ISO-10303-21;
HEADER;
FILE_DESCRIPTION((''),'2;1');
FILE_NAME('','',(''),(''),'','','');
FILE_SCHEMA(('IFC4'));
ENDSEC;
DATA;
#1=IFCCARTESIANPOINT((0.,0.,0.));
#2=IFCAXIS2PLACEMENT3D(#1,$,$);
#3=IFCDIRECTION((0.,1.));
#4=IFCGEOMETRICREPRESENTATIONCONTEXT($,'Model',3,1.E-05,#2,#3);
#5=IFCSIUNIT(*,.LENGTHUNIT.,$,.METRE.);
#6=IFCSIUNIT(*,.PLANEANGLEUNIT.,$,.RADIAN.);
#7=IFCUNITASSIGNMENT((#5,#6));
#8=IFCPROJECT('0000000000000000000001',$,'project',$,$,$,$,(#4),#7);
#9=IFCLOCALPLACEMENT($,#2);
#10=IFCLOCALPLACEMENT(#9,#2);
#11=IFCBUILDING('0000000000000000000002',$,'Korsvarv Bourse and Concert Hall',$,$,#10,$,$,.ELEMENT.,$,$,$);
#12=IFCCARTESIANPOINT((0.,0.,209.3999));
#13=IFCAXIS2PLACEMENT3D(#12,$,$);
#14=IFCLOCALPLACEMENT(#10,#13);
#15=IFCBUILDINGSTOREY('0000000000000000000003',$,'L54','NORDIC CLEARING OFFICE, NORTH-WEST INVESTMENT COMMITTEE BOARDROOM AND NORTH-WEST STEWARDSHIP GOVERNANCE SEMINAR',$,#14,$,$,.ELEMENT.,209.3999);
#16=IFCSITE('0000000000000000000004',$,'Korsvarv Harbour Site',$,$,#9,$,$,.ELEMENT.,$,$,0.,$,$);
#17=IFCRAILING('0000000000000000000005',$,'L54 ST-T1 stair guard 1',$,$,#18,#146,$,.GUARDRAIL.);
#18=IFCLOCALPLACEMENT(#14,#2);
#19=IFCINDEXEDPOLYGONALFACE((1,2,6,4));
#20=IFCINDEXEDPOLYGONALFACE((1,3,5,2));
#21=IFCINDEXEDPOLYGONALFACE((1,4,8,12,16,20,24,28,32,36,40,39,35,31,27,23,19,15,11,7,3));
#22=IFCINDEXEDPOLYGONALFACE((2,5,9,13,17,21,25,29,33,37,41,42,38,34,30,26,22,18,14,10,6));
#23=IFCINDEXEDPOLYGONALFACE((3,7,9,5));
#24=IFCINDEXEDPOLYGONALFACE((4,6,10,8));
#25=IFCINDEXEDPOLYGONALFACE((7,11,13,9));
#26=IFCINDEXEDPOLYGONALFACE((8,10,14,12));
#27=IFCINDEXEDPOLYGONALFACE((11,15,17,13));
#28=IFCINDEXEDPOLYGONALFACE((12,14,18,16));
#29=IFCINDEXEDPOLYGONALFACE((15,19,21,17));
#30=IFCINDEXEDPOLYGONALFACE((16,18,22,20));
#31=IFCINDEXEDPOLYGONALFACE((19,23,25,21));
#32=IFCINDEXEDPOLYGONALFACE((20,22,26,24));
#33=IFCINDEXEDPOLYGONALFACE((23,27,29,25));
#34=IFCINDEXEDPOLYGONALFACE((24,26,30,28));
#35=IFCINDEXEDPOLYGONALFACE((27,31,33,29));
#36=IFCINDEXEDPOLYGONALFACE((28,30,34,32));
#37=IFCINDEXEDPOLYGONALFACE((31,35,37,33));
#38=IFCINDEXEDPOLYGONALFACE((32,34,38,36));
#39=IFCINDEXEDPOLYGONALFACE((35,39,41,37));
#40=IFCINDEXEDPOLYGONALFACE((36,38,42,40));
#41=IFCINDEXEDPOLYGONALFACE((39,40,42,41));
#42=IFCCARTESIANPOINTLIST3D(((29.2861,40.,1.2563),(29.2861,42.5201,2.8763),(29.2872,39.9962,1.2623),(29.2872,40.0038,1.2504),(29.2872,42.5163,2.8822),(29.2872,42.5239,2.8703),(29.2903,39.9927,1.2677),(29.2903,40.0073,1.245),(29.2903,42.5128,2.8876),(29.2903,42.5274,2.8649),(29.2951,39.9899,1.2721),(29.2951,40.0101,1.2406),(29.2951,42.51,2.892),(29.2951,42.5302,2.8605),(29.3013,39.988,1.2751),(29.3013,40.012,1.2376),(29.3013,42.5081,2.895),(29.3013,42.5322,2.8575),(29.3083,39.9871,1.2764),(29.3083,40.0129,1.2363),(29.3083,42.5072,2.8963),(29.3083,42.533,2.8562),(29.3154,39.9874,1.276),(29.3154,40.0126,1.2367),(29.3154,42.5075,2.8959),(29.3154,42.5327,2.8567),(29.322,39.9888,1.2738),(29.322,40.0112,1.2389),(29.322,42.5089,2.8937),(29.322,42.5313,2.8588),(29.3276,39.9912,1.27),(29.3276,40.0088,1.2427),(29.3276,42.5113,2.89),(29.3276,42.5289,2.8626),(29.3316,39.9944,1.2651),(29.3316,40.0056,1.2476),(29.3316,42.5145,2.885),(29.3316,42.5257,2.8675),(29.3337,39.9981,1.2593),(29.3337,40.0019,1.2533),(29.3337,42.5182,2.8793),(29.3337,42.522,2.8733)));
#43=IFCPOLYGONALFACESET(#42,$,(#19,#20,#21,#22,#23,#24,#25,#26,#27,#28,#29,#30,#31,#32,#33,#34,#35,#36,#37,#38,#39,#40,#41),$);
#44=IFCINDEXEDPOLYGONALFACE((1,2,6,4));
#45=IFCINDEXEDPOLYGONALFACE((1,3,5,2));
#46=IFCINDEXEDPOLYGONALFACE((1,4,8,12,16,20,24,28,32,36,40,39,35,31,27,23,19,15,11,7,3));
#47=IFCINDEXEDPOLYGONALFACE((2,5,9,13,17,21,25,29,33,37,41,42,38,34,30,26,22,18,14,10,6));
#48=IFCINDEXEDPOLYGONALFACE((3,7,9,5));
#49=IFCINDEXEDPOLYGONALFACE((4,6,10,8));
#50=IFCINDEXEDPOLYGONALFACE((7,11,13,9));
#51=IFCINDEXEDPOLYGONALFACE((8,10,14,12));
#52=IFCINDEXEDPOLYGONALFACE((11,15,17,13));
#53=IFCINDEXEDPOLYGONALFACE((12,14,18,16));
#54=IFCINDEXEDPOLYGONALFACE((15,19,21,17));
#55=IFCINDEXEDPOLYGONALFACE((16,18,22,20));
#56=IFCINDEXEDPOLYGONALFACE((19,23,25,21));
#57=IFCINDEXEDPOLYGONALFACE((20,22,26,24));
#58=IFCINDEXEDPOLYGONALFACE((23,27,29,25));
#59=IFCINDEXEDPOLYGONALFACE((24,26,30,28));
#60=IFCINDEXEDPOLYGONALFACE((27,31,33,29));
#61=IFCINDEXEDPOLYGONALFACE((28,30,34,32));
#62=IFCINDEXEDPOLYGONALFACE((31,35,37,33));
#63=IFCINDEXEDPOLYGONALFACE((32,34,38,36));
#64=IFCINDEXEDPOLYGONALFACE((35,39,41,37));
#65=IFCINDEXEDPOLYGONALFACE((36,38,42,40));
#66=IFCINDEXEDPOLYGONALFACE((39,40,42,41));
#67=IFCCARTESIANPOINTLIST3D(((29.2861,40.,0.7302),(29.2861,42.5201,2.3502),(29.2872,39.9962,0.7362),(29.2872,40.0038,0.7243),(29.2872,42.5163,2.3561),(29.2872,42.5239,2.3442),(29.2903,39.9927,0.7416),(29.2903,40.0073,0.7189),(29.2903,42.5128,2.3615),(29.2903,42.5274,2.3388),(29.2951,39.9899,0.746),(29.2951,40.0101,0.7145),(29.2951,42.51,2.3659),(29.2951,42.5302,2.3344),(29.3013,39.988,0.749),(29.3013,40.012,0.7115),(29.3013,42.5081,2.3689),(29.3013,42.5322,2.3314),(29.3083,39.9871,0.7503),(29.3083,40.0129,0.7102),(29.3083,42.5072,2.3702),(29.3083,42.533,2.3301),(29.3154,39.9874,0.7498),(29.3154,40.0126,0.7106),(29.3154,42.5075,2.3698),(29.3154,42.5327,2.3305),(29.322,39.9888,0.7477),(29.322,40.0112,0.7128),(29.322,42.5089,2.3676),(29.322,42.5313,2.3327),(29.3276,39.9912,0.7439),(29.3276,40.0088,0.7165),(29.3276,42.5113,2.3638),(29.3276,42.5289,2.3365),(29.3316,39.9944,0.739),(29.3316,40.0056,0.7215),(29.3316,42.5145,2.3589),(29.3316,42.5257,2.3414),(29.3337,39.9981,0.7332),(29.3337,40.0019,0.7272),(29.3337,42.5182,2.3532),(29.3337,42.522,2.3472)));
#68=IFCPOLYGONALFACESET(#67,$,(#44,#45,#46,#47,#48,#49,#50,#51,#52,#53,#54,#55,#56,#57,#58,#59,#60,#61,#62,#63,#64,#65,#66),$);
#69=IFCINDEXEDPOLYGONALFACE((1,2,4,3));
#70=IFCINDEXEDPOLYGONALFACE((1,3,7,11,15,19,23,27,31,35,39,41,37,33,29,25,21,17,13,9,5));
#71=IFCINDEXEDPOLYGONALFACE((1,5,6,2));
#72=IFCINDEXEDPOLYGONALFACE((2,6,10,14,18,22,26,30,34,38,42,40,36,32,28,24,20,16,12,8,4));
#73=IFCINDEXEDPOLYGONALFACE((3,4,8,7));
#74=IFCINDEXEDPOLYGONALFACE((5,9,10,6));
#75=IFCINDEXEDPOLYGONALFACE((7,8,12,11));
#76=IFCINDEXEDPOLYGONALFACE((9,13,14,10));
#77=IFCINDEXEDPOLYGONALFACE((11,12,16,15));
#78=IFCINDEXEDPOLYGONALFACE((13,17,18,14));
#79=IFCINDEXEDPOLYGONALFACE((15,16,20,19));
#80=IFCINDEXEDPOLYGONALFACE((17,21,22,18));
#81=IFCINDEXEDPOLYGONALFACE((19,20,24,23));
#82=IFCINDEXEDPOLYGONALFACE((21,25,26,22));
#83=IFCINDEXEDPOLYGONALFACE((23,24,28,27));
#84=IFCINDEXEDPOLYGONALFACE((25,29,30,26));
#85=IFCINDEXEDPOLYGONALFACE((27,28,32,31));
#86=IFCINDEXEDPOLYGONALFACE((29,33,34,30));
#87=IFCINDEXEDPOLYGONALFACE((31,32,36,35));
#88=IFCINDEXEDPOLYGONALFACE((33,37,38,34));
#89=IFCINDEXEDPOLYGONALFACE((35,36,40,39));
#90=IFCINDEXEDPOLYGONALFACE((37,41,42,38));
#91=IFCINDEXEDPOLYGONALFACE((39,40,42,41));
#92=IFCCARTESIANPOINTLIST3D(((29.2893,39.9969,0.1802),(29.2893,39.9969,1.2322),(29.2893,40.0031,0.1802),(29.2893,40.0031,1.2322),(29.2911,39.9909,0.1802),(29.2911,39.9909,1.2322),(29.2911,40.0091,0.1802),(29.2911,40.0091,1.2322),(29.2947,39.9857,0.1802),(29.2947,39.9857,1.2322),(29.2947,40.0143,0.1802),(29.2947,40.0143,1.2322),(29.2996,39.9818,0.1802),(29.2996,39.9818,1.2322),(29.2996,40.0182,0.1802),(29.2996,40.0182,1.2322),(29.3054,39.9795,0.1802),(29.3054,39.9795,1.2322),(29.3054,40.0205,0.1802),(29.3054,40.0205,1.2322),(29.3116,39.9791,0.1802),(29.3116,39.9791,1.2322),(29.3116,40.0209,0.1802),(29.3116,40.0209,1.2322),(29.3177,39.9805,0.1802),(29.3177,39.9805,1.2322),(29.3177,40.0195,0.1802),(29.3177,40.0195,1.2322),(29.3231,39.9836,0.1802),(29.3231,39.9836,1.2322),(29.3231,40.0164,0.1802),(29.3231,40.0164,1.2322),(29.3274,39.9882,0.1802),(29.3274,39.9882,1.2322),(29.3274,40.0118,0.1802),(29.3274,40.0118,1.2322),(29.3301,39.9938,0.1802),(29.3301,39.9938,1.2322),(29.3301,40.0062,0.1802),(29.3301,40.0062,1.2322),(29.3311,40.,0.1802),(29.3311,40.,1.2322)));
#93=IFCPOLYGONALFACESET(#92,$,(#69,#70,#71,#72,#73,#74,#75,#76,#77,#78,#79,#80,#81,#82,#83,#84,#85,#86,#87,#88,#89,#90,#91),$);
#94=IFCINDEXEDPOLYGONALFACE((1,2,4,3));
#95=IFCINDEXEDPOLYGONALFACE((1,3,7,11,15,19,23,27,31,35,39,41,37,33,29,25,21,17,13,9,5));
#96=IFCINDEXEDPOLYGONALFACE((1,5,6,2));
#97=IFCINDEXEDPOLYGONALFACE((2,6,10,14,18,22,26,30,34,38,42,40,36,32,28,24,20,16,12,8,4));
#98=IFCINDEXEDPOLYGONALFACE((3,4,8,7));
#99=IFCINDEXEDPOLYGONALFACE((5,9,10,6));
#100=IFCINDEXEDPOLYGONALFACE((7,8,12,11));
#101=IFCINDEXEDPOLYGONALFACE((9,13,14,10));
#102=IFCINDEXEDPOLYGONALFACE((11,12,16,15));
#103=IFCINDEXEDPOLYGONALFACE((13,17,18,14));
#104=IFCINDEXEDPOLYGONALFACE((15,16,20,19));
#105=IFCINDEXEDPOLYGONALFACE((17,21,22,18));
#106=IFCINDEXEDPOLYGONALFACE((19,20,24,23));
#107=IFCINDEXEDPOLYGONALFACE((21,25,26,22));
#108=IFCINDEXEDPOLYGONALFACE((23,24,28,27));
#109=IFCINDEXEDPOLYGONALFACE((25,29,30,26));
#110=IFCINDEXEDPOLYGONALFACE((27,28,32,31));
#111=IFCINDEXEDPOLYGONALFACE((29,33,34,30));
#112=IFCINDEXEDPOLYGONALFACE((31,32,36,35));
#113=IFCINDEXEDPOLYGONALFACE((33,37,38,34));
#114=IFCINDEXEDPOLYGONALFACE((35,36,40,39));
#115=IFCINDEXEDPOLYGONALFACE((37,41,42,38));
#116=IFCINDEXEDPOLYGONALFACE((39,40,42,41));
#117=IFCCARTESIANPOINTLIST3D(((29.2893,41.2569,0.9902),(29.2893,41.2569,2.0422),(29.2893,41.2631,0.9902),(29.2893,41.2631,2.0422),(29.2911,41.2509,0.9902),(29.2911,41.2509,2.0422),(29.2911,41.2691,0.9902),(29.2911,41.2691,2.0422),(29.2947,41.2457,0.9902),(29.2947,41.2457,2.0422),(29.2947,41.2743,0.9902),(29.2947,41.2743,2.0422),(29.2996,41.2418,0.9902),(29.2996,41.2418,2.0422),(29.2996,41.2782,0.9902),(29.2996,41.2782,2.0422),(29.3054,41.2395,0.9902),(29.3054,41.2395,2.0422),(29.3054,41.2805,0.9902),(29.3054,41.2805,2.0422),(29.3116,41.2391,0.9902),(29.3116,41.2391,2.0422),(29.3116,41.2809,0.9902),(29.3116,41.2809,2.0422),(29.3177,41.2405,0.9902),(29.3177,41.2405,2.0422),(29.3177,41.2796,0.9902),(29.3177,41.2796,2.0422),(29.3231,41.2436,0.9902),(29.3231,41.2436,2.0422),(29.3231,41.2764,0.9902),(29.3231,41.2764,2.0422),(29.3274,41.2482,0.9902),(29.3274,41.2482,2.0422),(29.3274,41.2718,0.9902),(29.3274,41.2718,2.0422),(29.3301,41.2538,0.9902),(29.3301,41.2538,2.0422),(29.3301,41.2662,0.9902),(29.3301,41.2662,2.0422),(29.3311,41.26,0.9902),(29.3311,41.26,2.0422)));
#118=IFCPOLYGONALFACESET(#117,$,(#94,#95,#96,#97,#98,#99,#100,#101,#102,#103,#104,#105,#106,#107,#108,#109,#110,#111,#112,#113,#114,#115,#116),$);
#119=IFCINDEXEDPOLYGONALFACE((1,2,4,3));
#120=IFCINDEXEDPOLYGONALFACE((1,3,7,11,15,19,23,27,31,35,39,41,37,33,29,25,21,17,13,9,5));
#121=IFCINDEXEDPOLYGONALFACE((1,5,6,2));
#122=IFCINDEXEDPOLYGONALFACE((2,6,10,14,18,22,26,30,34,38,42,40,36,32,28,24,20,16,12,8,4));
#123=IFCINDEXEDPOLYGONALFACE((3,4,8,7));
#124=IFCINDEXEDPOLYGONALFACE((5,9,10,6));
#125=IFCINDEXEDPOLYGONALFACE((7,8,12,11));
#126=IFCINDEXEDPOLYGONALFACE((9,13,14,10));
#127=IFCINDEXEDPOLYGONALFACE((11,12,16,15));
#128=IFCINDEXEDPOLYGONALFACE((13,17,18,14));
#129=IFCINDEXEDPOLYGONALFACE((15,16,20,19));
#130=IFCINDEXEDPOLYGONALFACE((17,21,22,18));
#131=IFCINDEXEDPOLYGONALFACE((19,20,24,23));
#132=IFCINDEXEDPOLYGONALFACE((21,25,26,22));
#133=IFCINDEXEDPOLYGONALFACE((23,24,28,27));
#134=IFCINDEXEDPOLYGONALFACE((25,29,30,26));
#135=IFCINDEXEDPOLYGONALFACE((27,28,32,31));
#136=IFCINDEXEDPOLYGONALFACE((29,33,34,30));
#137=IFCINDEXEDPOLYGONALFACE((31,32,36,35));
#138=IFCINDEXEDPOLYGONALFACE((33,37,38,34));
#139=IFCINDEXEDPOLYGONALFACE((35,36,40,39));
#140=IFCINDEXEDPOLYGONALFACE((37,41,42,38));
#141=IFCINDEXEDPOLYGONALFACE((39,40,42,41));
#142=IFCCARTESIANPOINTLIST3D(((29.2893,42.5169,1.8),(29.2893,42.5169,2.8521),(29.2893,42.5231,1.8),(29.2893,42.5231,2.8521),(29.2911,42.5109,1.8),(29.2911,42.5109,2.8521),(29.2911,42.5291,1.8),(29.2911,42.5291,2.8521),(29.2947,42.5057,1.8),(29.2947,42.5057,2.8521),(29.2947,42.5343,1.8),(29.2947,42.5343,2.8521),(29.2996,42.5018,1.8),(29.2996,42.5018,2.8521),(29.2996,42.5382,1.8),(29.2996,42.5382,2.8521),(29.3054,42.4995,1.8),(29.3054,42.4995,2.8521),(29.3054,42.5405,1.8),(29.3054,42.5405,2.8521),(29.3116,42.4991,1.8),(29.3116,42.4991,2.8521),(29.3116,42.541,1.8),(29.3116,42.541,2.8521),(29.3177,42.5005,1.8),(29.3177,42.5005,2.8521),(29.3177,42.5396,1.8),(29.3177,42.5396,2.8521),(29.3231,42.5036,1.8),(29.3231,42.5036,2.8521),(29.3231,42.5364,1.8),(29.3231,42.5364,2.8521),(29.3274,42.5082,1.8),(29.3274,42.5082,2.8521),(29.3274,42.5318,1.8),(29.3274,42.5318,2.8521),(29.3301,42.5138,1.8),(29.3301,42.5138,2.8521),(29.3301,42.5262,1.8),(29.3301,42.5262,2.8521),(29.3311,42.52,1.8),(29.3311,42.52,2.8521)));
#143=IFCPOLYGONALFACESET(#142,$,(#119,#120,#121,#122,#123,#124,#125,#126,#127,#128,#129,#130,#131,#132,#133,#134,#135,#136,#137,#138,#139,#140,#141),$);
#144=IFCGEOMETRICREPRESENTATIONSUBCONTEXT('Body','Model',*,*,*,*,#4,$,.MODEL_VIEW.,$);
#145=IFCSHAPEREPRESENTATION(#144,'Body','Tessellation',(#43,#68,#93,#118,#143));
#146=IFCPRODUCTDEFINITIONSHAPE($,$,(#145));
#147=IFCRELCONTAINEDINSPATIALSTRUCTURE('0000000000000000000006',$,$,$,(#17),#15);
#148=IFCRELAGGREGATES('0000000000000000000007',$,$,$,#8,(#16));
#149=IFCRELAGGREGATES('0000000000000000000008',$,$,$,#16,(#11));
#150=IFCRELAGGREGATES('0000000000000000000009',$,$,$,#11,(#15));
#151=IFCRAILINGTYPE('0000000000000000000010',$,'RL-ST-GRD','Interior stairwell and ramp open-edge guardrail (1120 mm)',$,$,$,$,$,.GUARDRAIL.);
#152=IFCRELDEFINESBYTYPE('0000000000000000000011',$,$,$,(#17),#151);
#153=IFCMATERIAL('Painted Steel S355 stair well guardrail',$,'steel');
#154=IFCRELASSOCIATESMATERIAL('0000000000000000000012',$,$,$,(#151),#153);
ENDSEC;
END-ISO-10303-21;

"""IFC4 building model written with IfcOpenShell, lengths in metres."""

from ifc_helpers import new_model, si_unit, direction, frame, origin, origin_2d, place, context, subcontext, project, spatial, circle, extrude, material, type_object, element, save


model = new_model("IFC4")

# Units and contexts
model_context = context("Model", 3, precision=1e-05, world=origin(), true_north=direction((0.0, 1.0)))
body_context = subcontext(model_context, "Body", "Model", "MODEL_VIEW")
ifc_project = project(units=[si_unit("LENGTHUNIT", "METRE"), si_unit("PLANEANGLEUNIT", "RADIAN")], contexts=[model_context])

# Site, building, storey
site_placement = place(None, origin())
site = spatial("IfcSite", under=ifc_project, at=site_placement, Name="Korsvarv Harbour Site", CompositionType="ELEMENT", RefElevation=0.0)
building_placement = place(site_placement, origin())
building = spatial("IfcBuilding", under=site, at=building_placement, Name="Korsvarv Bourse and Concert Hall", CompositionType="ELEMENT")
storey_placement = place(building_placement, frame((0.0, 0.0, 209.3999)))
storey = spatial("IfcBuildingStorey", under=building, at=storey_placement, Name="L54", Description="NORDIC CLEARING OFFICE, NORTH-WEST INVESTMENT COMMITTEE BOARDROOM AND NORTH-WEST STEWARDSHIP GOVERNANCE SEMINAR", CompositionType="ELEMENT", Elevation=209.3999)

# Railing
ifc_material_1 = material(Name="Painted Steel S355 stair well guardrail", Category="steel")
railing_type_1 = type_object("IfcRailingType", Name="RL-ST-GRD", Description="Interior stairwell and ramp open-edge guardrail (1120 mm)", PredefinedType="GUARDRAIL", material=ifc_material_1)
railing_1_placement = place(storey_placement, frame((29.3101, 40.0, 0.1802)))
element("IfcRailing", 1, at=railing_1_placement, inside=storey, type_object=railing_type_1, Name="L54 ST-T1 stair guard 1", PredefinedType="GUARDRAIL", context=body_context, shape_type="SweptSolid", body=[
    extrude(circle(Radius=0.0239, at=origin_2d()), frame((0.0, 0.0, 1.0762), z_axis=(0.0, 0.8412, 0.540725), x_axis=(-1.0, 0.0, 0.0)), (0.0, 0.0, 1.0), 2.9958),
    extrude(circle(Radius=0.0239, at=origin_2d()), frame((0.0, 0.0, 0.55), z_axis=(0.0, 0.8412, 0.540725), x_axis=(-1.0, 0.0, 0.0)), (0.0, 0.0, 1.0), 2.9958),
    extrude(circle(Radius=0.021, at=origin_2d()), origin(), (0.0, 0.0, 1.0), 1.052),
    extrude(circle(Radius=0.021, at=origin_2d()), frame((0.0, 1.26, 0.8101)), (0.0, 0.0, 1.0), 1.052),
    extrude(circle(Radius=0.021, at=origin_2d()), frame((0.0, 2.52, 1.6199)), (0.0, 0.0, 1.0), 1.052),
])

save(model, "model.ifc")
